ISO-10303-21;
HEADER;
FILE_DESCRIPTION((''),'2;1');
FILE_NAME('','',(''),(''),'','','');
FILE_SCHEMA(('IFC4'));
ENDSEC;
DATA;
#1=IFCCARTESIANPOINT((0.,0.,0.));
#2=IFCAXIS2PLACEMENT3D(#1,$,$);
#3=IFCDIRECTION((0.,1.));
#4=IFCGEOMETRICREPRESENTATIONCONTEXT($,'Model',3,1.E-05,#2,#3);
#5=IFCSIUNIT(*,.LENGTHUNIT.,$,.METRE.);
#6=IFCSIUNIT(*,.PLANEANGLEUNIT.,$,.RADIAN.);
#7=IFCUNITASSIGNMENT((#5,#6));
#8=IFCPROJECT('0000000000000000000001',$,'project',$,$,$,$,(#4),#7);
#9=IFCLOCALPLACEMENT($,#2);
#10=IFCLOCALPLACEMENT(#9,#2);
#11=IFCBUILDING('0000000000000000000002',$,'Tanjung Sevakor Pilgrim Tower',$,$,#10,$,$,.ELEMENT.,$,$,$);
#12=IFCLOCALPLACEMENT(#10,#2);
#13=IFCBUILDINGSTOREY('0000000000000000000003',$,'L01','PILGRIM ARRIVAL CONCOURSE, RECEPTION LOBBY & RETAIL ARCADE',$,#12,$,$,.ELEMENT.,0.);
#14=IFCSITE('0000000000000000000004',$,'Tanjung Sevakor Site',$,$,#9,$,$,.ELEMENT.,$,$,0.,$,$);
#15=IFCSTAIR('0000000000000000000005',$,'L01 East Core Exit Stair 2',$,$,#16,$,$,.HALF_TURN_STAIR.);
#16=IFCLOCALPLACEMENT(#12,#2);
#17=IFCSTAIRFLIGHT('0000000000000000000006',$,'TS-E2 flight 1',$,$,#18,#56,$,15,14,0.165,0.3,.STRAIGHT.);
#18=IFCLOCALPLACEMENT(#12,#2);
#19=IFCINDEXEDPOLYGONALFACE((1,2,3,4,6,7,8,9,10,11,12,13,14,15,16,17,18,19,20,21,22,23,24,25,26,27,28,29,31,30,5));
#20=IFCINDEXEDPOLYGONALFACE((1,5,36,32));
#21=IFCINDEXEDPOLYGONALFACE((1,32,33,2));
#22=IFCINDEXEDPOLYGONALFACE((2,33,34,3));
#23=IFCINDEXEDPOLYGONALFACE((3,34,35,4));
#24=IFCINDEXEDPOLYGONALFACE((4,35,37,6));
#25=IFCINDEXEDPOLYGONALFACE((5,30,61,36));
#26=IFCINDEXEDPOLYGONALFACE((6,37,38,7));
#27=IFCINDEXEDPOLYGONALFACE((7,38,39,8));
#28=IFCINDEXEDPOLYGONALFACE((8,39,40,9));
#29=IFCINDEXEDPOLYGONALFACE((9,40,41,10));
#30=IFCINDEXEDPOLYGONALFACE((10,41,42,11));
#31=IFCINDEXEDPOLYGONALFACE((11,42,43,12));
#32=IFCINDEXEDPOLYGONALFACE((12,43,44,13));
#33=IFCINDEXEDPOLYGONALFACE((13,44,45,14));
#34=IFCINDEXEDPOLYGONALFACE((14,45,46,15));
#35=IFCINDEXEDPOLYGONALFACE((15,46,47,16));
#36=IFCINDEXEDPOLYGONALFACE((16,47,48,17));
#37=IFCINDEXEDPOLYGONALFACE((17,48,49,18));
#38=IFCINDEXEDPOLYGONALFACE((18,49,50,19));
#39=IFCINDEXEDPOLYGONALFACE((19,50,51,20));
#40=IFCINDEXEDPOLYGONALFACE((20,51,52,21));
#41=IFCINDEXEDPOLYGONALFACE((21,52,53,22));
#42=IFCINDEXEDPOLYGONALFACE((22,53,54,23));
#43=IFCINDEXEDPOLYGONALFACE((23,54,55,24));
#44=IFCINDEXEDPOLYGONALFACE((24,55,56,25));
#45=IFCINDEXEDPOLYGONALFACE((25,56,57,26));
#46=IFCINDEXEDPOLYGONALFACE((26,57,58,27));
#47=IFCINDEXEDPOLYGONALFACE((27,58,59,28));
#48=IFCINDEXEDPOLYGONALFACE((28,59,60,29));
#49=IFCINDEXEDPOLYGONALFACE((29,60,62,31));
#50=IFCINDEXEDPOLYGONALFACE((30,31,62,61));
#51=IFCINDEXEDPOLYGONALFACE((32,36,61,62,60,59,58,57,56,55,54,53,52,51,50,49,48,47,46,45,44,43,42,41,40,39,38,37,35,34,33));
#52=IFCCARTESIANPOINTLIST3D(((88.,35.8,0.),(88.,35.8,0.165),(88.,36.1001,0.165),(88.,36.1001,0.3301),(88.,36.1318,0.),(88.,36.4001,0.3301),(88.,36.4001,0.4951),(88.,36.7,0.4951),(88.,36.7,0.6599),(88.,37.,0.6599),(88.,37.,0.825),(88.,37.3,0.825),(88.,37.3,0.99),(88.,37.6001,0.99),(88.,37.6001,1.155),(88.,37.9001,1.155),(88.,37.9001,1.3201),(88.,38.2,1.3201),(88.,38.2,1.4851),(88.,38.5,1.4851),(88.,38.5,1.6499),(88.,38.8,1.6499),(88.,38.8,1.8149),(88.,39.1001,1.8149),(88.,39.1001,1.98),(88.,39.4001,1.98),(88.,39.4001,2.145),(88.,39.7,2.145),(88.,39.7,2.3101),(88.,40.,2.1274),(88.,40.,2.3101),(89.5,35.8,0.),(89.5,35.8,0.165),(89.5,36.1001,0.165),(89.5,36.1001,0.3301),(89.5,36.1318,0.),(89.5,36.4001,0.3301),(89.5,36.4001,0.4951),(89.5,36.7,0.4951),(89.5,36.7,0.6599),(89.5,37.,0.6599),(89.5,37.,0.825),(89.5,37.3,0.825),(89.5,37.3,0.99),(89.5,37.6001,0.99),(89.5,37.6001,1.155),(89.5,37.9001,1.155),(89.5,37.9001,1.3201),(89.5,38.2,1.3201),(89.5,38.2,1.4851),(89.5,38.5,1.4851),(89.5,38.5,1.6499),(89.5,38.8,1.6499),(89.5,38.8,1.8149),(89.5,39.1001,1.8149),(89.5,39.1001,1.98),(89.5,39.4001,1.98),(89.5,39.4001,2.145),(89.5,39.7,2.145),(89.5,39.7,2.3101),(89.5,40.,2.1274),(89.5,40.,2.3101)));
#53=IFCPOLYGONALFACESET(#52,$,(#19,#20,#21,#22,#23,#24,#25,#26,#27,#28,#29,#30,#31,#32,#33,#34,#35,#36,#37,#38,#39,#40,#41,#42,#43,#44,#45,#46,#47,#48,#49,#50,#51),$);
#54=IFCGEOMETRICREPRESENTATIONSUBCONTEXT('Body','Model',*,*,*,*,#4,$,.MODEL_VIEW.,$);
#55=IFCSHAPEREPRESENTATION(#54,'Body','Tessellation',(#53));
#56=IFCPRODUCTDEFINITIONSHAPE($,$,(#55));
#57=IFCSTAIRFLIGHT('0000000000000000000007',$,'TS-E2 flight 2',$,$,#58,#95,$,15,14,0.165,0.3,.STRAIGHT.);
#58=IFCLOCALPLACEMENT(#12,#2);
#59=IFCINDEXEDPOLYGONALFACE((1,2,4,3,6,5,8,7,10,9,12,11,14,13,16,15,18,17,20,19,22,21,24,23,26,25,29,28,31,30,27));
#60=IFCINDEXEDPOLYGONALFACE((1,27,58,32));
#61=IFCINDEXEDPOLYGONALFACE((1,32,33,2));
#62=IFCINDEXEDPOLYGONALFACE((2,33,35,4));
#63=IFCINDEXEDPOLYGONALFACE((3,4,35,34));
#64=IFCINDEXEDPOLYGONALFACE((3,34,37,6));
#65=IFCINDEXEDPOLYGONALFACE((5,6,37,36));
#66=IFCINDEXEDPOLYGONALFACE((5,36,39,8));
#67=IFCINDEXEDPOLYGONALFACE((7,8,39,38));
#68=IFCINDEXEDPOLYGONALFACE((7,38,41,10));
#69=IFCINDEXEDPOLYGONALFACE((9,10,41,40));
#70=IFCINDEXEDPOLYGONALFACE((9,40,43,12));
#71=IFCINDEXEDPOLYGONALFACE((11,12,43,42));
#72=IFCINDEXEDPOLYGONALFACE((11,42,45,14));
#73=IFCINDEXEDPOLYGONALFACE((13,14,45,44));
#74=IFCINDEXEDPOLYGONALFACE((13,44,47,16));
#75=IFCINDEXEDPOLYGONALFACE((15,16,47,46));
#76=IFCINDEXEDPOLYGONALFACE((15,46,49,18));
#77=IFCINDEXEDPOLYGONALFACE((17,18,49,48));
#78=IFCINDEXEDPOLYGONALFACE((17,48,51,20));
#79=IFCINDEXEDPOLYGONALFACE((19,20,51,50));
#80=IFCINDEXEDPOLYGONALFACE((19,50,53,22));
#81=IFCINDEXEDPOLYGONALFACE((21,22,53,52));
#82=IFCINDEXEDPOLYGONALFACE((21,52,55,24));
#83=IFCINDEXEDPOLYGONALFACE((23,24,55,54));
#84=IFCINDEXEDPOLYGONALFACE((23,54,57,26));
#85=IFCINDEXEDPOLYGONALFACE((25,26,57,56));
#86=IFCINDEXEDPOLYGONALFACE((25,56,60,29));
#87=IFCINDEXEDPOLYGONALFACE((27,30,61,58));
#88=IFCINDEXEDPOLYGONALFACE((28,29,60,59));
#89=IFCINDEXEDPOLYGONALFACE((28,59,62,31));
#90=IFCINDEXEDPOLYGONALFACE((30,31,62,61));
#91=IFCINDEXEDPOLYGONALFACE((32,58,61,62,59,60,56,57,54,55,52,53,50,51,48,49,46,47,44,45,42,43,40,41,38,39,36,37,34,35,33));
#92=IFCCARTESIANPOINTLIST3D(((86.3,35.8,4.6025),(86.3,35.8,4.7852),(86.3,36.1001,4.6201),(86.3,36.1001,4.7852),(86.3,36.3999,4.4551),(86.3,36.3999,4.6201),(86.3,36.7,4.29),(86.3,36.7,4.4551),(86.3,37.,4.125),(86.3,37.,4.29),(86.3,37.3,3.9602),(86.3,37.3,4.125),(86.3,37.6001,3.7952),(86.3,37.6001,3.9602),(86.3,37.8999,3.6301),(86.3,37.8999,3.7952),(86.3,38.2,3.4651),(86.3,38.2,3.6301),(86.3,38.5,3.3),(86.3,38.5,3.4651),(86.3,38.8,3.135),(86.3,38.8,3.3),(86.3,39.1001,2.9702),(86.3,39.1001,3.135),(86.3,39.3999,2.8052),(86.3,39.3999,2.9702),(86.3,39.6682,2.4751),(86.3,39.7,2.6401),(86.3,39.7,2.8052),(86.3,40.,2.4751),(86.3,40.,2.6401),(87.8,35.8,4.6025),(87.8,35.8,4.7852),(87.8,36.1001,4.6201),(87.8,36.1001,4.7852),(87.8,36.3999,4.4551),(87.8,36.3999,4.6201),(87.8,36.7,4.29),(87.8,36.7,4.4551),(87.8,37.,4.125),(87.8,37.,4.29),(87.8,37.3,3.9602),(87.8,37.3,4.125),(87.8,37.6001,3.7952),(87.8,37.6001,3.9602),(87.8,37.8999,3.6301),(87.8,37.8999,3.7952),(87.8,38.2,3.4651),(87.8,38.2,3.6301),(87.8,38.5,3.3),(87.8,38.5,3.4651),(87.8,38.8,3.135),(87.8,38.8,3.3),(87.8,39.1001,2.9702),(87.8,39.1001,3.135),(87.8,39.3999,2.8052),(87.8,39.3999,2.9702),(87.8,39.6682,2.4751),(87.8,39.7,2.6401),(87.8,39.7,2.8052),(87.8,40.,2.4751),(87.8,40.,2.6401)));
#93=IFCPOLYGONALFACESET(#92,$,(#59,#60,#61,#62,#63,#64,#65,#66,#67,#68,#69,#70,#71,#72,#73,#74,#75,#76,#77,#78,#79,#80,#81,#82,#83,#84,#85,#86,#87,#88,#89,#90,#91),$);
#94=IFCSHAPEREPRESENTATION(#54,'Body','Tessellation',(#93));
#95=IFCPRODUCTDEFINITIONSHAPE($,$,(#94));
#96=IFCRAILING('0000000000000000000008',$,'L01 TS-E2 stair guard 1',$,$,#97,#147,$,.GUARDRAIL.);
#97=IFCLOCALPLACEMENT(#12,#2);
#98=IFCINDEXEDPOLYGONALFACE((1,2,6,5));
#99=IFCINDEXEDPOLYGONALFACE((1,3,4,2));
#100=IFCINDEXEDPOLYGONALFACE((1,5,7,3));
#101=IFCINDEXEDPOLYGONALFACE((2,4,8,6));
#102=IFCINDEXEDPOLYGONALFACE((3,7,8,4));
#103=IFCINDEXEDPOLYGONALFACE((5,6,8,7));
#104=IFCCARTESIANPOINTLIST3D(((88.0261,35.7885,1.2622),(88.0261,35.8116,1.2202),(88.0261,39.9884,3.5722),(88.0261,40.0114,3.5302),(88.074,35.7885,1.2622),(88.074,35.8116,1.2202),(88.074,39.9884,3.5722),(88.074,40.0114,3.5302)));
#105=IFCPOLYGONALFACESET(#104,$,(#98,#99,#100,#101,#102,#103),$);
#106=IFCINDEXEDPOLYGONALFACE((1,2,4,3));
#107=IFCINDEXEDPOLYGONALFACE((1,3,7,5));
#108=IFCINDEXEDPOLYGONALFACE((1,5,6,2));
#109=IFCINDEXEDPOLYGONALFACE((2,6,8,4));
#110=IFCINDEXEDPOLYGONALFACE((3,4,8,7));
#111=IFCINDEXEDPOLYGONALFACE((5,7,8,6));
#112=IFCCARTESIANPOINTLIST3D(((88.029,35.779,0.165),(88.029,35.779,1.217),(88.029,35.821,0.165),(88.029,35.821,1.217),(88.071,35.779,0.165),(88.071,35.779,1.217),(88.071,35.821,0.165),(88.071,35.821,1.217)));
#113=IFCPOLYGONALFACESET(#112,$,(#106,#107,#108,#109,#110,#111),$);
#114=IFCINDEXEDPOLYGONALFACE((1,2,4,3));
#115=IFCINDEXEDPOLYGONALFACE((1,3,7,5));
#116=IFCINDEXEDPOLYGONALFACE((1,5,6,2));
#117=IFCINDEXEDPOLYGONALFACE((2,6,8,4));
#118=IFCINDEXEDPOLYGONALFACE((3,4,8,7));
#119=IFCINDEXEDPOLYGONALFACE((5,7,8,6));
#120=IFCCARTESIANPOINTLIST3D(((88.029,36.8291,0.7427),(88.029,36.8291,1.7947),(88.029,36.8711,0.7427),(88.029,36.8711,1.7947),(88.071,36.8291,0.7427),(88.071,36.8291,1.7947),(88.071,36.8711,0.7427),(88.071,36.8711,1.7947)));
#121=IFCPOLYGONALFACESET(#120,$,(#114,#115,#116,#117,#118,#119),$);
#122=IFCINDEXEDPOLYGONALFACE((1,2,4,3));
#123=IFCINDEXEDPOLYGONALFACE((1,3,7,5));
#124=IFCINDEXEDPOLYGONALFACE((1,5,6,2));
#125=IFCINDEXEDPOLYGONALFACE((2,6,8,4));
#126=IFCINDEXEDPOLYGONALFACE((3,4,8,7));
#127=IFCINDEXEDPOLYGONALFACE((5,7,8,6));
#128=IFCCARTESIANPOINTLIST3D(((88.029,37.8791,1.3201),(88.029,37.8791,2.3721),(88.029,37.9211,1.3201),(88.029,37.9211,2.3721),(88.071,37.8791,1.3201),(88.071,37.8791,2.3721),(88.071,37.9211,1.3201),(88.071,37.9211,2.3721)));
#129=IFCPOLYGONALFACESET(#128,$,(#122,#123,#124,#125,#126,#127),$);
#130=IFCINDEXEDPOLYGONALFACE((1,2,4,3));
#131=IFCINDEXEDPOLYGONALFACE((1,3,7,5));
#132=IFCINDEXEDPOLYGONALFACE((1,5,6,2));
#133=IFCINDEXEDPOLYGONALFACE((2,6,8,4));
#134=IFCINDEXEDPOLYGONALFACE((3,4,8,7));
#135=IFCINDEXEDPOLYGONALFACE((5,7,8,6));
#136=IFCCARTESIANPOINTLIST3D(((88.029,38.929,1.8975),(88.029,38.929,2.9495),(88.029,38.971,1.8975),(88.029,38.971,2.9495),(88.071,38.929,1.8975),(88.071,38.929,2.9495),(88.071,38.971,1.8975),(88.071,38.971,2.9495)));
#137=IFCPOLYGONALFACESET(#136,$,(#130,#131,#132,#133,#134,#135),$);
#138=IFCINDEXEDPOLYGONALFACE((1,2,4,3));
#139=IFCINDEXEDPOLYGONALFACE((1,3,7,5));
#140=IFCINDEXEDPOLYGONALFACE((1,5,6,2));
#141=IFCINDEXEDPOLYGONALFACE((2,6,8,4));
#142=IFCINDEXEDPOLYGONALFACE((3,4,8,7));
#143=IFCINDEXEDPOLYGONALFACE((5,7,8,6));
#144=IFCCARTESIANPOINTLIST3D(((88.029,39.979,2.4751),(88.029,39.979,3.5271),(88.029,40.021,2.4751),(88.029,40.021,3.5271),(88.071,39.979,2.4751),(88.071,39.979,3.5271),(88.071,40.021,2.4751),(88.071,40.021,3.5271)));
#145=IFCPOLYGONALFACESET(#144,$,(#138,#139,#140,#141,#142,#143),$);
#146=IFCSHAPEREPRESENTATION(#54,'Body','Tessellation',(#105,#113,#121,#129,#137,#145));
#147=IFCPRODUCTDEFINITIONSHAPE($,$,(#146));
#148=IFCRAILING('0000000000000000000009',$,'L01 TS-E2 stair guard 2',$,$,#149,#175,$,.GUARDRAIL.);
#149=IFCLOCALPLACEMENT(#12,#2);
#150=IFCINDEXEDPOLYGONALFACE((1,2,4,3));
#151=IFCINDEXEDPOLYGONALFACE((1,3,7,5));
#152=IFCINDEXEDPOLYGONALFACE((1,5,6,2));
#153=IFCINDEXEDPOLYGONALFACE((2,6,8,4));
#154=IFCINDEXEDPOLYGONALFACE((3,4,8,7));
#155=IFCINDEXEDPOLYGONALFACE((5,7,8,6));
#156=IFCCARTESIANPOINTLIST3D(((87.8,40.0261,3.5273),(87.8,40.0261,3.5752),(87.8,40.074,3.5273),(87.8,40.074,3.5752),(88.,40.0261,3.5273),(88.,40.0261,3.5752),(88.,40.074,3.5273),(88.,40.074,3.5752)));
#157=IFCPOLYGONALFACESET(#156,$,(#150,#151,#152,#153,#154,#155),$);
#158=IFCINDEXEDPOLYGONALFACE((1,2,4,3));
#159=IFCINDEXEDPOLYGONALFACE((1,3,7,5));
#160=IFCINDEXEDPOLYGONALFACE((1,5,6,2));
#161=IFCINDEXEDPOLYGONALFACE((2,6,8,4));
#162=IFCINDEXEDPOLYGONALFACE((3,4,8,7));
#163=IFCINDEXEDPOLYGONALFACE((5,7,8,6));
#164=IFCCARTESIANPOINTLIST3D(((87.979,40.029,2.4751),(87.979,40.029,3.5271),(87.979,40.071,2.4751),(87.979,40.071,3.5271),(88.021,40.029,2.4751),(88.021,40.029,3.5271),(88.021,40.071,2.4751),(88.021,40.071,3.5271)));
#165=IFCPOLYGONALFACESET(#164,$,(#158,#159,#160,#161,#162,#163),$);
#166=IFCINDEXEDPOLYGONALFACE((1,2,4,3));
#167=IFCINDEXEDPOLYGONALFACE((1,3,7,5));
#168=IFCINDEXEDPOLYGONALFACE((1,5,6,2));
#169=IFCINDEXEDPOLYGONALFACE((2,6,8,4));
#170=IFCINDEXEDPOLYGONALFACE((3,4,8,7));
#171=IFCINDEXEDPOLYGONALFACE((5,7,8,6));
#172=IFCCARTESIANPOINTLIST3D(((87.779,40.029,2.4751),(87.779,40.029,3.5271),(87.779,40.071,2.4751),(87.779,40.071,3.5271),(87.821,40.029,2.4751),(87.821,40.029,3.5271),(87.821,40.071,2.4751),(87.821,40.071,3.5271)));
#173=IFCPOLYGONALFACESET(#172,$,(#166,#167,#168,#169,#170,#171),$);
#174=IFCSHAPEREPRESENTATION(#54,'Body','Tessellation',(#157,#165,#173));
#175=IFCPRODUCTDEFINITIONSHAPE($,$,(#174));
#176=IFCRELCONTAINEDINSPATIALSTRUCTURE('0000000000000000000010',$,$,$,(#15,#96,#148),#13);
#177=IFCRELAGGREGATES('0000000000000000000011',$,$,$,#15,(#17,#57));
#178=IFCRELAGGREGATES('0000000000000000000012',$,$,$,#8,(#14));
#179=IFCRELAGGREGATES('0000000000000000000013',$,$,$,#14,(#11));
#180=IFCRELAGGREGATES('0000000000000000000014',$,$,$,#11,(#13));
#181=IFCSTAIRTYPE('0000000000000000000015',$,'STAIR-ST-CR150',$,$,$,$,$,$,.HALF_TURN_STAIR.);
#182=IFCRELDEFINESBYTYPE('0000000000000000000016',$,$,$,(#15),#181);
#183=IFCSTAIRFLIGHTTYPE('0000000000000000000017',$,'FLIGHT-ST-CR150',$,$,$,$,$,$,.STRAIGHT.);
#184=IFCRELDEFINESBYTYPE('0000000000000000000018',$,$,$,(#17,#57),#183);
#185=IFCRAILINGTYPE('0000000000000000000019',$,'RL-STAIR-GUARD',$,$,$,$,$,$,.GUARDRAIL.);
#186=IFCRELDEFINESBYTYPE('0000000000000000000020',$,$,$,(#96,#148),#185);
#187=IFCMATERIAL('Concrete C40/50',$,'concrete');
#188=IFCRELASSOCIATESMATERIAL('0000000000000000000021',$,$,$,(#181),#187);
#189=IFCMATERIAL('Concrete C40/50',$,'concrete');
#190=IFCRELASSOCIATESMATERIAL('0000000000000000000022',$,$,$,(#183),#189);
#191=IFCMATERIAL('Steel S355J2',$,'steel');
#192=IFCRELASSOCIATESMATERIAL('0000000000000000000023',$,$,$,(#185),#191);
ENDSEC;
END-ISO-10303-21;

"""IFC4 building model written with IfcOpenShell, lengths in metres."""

from ifc_helpers import new_model, si_unit, direction, frame, origin, place, context, subcontext, project, spatial, polyline, rectangle, outline, extrude, material, type_object, element, aggregate, save


model = new_model("IFC4")

# Units and contexts
model_context = context("Model", 3, precision=1e-05, world=origin(), true_north=direction((0.0, 1.0)))
body_context = subcontext(model_context, "Body", "Model", "MODEL_VIEW")
ifc_project = project(units=[si_unit("LENGTHUNIT", "METRE"), si_unit("PLANEANGLEUNIT", "RADIAN")], contexts=[model_context])

# Site, building, storey
site_placement = place(None, origin())
site = spatial("IfcSite", under=ifc_project, at=site_placement, Name="Tanjung Sevakor Site", CompositionType="ELEMENT", RefElevation=0.0)
building_placement = place(site_placement, origin())
building = spatial("IfcBuilding", under=site, at=building_placement, Name="Tanjung Sevakor Pilgrim Tower", CompositionType="ELEMENT")
storey_placement = place(building_placement, origin())
storey = spatial("IfcBuildingStorey", under=building, at=storey_placement, Name="L01", Description="PILGRIM ARRIVAL CONCOURSE, RECEPTION LOBBY & RETAIL ARCADE", CompositionType="ELEMENT", Elevation=0.0)

# Stair, stair flights
ifc_material_1 = material(Name="Concrete C40/50", Category="concrete")
stair_type = type_object("IfcStairType", Name="STAIR-ST-CR150", PredefinedType="HALF_TURN_STAIR", material=ifc_material_1)
stair_placement = place(storey_placement, origin())
stair = element("IfcStair", 1, at=stair_placement, inside=storey, type_object=stair_type, Name="L01 East Core Exit Stair 2", PredefinedType="HALF_TURN_STAIR")
ifc_material_2 = material(Name="Concrete C40/50", Category="concrete")
stair_flight_type = type_object("IfcStairFlightType", Name="FLIGHT-ST-CR150", PredefinedType="STRAIGHT", material=ifc_material_2)
stair_flight_1_placement = place(storey_placement, frame((88.75, 35.8, 0.0), z_axis=(0.0, 0.0, 1.0), x_axis=(0.0, 1.0, 0.0)))
stair_flight_1 = element("IfcStairFlight", 2, at=stair_flight_1_placement, type_object=stair_flight_type, Name="TS-E2 flight 1", NumberOfRisers=15, NumberOfTreads=14, PredefinedType="STRAIGHT", RiserHeight=0.165, TreadLength=0.3, context=body_context, shape_type="SweptSolid", body=[
    extrude(outline(polyline([(0.0, 0.0), (0.0, 0.165), (0.3, 0.165), (0.3, 0.3301), (0.6001, 0.3301), (0.6001, 0.4951), (0.8999, 0.4951), (0.8999, 0.6599), (1.2, 0.6599), (1.2, 0.825), (1.5, 0.825), (1.5, 0.99), (1.8, 0.99), (1.8, 1.155), (2.1001, 1.155), (2.1001, 1.3201), (2.3999, 1.3201), (2.3999, 1.4851), (2.7, 1.4851), (2.7, 1.6499), (3.0, 1.6499), (3.0, 1.8149), (3.3, 1.8149), (3.3, 1.98), (3.6001, 1.98), (3.6001, 2.145), (3.8999, 2.145), (3.8999, 2.3101), (4.2, 2.3101), (4.2, 2.4751), (4.2, 2.1274), (0.3318, 0.0), (0.0, 0.0)])), frame((0.0, 0.75, 0.0), z_axis=(0.0, -1.0, 0.0), x_axis=(1.0, 0.0, 0.0)), (0.0, 0.0, 1.0), 1.5),
])
stair_flight_2_placement = place(storey_placement, frame((87.05, 40.0, 2.4751), z_axis=(0.0, 0.0, 1.0), x_axis=(0.0, -1.0, 0.0)))
stair_flight_2 = element("IfcStairFlight", 3, at=stair_flight_2_placement, type_object=stair_flight_type, Name="TS-E2 flight 2", NumberOfRisers=15, NumberOfTreads=14, PredefinedType="STRAIGHT", RiserHeight=0.165, TreadLength=0.3, context=body_context, shape_type="SweptSolid", body=[
    extrude(outline(polyline([(0.0, 0.0), (0.0, 0.165), (0.3, 0.165), (0.3, 0.3301), (0.6001, 0.3301), (0.6001, 0.4951), (0.8999, 0.4951), (0.8999, 0.6599), (1.2, 0.6599), (1.2, 0.825), (1.5, 0.825), (1.5, 0.99), (1.8, 0.99), (1.8, 1.155), (2.1001, 1.155), (2.1001, 1.3201), (2.3999, 1.3201), (2.3999, 1.4851), (2.7, 1.4851), (2.7, 1.6499), (3.0, 1.6499), (3.0, 1.8149), (3.3, 1.8149), (3.3, 1.98), (3.6001, 1.98), (3.6001, 2.145), (3.8999, 2.145), (3.8999, 2.3101), (4.2, 2.3101), (4.2, 2.4751), (4.2, 2.1274), (0.3318, 0.0), (0.0, 0.0)])), frame((0.0, 0.75, 0.0), z_axis=(0.0, -1.0, 0.0), x_axis=(1.0, 0.0, 0.0)), (0.0, 0.0, 1.0), 1.5),
])
aggregate(stair, [stair_flight_1, stair_flight_2])

# Railings
ifc_material_3 = material(Name="Steel S355J2", Category="steel")
railing_type_1 = type_object("IfcRailingType", Name="RL-STAIR-GUARD", PredefinedType="GUARDRAIL", material=ifc_material_3)
railing_1_placement = place(storey_placement, frame((88.05, 35.8, 0.165)))
element("IfcRailing", 4, at=railing_1_placement, inside=storey, type_object=railing_type_1, Name="L01 TS-E2 stair guard 1", PredefinedType="GUARDRAIL", context=body_context, shape_type="SweptSolid", body=[
    extrude(rectangle(XDim=0.0479, YDim=0.0479), frame((0.0, 0.0, 1.0762), z_axis=(0.0, 0.876208, 0.481932), x_axis=(-1.0, 0.0, 0.0)), (0.0, 0.0, 1.0), 4.7932),
    extrude(rectangle(XDim=0.042, YDim=0.042), origin(), (0.0, 0.0, 1.0), 1.052),
    extrude(rectangle(XDim=0.042, YDim=0.042), frame((0.0, 1.05, 0.5776)), (0.0, 0.0, 1.0), 1.052),
    extrude(rectangle(XDim=0.042, YDim=0.042), frame((0.0, 2.1001, 1.155)), (0.0, 0.0, 1.0), 1.052),
    extrude(rectangle(XDim=0.042, YDim=0.042), frame((0.0, 3.1499, 1.7324)), (0.0, 0.0, 1.0), 1.052),
    extrude(rectangle(XDim=0.042, YDim=0.042), frame((0.0, 4.2, 2.3101)), (0.0, 0.0, 1.0), 1.052),
])
railing_2_placement = place(storey_placement, frame((88.0, 40.05, 2.4751)))
element("IfcRailing", 5, at=railing_2_placement, inside=storey, type_object=railing_type_1, Name="L01 TS-E2 stair guard 2", PredefinedType="GUARDRAIL", context=body_context, shape_type="SweptSolid", body=[
    extrude(rectangle(XDim=0.0479, YDim=0.0479), frame((0.0, 0.0, 1.0762), z_axis=(-1.0, 0.0, 0.0), x_axis=(0.0, -1.0, 0.0)), (0.0, 0.0, 1.0), 0.2),
    extrude(rectangle(XDim=0.042, YDim=0.042), origin(), (0.0, 0.0, 1.0), 1.052),
    extrude(rectangle(XDim=0.042, YDim=0.042), frame((-0.2, 0.0, 0.0)), (0.0, 0.0, 1.0), 1.052),
])

save(model, "model.ifc")
